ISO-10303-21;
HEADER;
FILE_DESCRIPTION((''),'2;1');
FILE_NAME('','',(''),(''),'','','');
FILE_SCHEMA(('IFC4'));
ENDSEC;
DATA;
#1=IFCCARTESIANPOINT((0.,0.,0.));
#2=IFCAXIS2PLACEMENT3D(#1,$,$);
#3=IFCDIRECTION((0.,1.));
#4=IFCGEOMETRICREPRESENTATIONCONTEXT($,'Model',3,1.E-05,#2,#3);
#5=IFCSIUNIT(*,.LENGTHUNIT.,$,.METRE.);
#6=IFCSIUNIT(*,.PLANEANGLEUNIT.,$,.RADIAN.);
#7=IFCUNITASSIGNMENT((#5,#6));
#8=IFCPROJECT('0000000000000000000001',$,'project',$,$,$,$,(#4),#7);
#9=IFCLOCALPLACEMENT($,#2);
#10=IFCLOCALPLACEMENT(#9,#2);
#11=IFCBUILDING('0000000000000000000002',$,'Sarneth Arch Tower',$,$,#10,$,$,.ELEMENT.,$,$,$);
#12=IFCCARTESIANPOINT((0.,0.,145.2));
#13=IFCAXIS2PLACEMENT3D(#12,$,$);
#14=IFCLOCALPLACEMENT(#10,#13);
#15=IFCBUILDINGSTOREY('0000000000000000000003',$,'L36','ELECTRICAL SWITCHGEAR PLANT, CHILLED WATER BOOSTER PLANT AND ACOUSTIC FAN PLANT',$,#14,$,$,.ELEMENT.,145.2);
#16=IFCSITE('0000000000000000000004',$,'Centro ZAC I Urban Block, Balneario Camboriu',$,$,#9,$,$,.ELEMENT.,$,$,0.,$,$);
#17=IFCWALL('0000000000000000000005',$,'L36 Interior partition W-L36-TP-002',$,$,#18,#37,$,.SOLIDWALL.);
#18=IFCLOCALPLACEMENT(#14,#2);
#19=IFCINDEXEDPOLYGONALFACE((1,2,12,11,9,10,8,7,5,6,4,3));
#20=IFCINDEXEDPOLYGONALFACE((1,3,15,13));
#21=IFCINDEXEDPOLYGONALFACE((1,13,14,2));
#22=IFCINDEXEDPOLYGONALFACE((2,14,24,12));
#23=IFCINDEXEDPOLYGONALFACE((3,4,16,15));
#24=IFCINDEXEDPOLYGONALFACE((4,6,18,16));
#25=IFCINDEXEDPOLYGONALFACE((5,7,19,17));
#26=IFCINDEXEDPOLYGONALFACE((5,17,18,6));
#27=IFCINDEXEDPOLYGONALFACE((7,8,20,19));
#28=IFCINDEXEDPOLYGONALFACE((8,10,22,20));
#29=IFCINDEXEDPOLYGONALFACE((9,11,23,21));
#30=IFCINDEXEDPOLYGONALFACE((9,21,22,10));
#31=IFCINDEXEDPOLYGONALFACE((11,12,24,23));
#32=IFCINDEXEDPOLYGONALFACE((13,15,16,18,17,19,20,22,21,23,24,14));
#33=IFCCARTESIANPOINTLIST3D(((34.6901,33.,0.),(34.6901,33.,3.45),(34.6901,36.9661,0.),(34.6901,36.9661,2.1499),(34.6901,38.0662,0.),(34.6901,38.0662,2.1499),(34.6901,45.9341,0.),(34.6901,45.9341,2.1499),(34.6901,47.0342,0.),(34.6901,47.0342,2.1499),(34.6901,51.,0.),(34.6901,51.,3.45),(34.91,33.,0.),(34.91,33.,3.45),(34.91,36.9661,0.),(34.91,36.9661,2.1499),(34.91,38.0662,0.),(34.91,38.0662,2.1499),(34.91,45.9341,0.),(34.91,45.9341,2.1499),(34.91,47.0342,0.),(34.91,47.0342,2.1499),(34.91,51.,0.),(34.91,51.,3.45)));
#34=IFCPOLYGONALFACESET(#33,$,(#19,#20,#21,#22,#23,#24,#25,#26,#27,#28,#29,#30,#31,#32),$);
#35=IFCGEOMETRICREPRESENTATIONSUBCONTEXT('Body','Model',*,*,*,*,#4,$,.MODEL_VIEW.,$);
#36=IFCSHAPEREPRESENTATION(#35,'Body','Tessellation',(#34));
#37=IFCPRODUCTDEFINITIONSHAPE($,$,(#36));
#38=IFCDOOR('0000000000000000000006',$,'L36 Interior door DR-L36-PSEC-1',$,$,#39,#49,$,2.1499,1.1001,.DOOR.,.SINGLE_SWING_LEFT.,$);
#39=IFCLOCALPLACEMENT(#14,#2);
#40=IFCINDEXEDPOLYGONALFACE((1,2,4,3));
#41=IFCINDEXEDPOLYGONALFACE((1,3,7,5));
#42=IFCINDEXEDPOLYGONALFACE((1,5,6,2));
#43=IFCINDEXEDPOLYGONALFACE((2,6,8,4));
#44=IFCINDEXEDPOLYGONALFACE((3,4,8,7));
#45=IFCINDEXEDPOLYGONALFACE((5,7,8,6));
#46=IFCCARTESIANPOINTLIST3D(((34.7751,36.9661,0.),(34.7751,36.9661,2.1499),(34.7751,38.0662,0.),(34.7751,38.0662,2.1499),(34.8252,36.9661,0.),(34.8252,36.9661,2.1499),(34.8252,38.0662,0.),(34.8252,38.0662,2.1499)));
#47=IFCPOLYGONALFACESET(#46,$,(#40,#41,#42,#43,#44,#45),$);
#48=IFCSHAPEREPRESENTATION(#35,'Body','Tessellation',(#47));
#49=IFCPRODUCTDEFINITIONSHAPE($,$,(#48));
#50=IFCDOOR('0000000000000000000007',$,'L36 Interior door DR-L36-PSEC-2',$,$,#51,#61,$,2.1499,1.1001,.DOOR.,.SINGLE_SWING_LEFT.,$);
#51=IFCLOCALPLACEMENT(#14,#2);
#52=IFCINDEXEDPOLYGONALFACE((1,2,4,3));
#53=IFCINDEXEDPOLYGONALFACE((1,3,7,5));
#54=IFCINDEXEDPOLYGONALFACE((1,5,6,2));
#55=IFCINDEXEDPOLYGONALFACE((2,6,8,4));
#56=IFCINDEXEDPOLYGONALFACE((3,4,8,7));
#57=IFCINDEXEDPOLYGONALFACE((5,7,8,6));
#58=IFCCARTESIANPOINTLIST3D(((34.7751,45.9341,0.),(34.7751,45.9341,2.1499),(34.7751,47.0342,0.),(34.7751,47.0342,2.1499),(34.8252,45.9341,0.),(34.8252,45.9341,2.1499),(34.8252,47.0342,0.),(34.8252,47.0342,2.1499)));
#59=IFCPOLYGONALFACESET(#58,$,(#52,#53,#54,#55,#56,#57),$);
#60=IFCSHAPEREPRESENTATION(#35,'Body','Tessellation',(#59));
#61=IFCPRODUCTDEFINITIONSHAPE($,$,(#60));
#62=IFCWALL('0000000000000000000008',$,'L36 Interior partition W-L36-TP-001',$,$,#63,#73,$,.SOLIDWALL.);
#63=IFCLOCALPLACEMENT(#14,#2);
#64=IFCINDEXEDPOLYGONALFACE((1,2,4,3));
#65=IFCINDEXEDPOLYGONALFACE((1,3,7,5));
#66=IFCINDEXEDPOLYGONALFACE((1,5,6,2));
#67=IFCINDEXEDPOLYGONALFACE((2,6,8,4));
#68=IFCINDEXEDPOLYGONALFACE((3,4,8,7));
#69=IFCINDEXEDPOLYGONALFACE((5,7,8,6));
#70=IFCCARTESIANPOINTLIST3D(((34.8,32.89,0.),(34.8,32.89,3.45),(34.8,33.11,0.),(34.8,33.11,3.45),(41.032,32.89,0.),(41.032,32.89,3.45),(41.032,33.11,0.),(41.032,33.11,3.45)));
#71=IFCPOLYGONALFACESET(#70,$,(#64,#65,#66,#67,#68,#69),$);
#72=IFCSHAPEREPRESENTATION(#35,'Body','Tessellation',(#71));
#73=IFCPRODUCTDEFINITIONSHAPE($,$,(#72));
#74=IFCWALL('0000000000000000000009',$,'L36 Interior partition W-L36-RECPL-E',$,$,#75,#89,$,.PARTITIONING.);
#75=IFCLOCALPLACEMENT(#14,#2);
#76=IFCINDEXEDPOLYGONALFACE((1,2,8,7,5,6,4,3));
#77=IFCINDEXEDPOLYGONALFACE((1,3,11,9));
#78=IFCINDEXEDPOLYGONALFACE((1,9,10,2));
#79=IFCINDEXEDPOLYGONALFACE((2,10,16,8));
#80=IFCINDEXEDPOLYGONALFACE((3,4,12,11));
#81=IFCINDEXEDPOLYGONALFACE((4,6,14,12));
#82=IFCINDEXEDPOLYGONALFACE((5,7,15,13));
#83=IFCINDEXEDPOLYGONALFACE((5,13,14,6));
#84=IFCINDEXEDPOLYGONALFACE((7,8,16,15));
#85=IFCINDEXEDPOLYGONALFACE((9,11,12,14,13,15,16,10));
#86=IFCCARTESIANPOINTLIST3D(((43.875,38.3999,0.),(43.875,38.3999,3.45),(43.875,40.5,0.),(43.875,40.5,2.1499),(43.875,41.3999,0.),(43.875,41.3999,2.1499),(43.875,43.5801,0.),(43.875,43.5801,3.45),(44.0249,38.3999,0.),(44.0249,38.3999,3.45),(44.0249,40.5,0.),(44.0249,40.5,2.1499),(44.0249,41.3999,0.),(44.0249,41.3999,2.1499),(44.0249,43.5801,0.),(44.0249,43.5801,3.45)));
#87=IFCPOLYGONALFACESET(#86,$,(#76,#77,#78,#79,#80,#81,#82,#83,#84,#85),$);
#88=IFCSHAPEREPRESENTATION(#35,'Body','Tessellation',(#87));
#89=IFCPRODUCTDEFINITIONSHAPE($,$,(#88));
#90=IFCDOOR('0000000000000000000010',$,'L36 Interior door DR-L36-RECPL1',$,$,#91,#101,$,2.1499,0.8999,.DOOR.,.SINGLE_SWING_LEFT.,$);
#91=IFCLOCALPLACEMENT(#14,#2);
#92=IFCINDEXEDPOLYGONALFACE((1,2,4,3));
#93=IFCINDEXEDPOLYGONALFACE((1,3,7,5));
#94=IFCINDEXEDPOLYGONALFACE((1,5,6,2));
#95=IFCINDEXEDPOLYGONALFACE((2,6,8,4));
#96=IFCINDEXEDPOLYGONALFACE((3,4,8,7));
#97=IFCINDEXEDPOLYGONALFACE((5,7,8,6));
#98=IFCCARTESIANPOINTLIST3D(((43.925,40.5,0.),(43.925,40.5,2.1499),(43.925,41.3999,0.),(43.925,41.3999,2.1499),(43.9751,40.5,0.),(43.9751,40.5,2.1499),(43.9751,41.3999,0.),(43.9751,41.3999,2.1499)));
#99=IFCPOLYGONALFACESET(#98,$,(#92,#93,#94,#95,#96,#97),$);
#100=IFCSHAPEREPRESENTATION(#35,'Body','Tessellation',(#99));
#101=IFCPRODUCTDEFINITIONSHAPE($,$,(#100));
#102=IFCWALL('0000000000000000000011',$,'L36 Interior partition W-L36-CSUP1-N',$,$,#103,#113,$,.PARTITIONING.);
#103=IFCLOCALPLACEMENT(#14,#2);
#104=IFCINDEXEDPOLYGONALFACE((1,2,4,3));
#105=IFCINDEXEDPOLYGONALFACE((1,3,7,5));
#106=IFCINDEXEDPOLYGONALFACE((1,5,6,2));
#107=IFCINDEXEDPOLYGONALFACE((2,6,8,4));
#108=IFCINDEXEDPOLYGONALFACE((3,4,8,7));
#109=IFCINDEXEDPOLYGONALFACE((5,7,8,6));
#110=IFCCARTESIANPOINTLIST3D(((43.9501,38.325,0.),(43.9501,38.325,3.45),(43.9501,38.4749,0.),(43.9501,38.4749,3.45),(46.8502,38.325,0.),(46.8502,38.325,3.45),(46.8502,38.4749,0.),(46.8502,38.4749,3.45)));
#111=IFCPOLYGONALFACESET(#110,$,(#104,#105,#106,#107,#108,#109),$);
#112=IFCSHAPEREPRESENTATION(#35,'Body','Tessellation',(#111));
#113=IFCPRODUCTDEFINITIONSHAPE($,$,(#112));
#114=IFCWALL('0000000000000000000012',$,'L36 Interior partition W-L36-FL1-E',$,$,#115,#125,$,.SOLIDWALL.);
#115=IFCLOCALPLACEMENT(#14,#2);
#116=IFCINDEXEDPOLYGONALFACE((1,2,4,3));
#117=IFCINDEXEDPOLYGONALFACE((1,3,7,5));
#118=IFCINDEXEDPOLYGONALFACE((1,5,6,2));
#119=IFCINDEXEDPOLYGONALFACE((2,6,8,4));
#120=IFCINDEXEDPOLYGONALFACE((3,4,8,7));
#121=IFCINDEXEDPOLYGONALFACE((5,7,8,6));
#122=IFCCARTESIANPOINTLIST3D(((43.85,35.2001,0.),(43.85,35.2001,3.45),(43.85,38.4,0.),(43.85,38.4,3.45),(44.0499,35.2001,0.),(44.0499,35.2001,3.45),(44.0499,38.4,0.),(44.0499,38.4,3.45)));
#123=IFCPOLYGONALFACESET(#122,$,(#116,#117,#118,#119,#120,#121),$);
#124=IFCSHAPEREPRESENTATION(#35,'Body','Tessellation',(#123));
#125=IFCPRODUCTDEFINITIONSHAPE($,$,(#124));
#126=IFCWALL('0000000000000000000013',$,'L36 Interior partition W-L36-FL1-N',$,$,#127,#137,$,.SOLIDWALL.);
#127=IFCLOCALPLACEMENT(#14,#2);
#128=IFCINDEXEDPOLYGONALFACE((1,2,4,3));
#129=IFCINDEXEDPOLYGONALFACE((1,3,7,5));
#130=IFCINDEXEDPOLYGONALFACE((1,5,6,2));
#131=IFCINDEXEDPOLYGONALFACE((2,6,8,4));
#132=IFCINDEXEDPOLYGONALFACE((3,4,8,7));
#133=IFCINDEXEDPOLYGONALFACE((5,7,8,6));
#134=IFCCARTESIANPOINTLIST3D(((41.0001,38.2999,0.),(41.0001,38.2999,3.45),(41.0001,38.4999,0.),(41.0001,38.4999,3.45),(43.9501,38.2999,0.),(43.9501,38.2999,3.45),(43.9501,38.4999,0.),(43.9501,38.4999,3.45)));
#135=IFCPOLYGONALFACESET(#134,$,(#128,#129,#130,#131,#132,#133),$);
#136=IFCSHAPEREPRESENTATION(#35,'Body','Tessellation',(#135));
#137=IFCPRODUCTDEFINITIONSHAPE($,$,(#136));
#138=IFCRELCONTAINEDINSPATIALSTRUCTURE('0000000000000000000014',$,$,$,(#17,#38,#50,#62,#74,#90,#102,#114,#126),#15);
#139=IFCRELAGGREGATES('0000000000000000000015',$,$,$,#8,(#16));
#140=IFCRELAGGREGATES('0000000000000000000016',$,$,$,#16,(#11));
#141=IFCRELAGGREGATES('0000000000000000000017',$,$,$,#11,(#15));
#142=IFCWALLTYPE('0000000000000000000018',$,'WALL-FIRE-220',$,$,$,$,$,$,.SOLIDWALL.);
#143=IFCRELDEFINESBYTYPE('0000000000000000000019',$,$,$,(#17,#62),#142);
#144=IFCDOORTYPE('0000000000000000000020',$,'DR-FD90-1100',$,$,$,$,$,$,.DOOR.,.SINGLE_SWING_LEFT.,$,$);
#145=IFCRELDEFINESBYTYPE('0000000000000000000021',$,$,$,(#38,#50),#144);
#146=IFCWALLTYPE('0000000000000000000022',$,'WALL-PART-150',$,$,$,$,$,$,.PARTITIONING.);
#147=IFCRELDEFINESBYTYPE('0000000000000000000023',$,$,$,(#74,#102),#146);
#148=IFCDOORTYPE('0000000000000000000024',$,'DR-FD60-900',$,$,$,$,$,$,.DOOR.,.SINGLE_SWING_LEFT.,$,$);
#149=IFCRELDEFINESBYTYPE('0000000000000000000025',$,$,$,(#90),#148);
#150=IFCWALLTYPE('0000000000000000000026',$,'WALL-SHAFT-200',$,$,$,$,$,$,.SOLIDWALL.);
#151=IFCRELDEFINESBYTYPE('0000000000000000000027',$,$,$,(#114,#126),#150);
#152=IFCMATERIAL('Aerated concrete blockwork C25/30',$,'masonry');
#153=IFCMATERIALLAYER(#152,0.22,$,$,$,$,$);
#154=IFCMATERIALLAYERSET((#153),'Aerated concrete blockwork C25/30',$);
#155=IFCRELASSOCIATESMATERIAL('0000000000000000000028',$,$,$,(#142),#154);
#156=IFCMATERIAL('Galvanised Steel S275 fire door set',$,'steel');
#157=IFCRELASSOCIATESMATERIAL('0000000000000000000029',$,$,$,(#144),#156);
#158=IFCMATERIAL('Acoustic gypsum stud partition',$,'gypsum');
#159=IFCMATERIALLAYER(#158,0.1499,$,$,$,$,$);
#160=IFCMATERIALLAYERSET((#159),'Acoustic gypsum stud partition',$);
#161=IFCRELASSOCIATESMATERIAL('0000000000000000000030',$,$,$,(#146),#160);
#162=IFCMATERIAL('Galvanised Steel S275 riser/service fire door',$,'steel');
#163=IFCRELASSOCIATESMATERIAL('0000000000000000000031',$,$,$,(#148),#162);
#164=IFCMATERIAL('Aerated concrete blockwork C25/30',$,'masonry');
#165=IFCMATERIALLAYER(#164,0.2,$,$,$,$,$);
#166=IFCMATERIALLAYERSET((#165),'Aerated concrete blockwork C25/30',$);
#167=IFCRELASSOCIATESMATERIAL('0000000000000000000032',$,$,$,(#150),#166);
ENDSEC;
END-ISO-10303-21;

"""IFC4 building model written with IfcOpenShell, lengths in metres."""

from ifc_helpers import new_model, si_unit, direction, frame, frame_2d, origin, place, context, subcontext, project, spatial, rectangle, extrude, material, layer, layer_set, type_object, element, fill, save


model = new_model("IFC4")

# Units and contexts
model_context = context("Model", 3, precision=1e-05, world=origin(), true_north=direction((0.0, 1.0)))
body_context = subcontext(model_context, "Body", "Model", "MODEL_VIEW")
ifc_project = project(units=[si_unit("LENGTHUNIT", "METRE"), si_unit("PLANEANGLEUNIT", "RADIAN")], contexts=[model_context])

# Site, building, storey
site_placement = place(None, origin())
site = spatial("IfcSite", under=ifc_project, at=site_placement, Name="Centro ZAC I Urban Block, Balneario Camboriu", CompositionType="ELEMENT", RefElevation=0.0)
building_placement = place(site_placement, origin())
building = spatial("IfcBuilding", under=site, at=building_placement, Name="Sarneth Arch Tower", CompositionType="ELEMENT")
storey_placement = place(building_placement, frame((0.0, 0.0, 145.2)))
storey = spatial("IfcBuildingStorey", under=building, at=storey_placement, Name="L36", Description="ELECTRICAL SWITCHGEAR PLANT, CHILLED WATER BOOSTER PLANT AND ACOUSTIC FAN PLANT", CompositionType="ELEMENT", Elevation=145.2)

# Wall, openings, doors
ifc_material_1 = material(Name="Aerated concrete blockwork C25/30", Category="masonry")
ifc_layer_1 = layer(ifc_material_1, 0.22)
ifc_layer_set_1 = layer_set([ifc_layer_1], Name="Aerated concrete blockwork C25/30")
wall_type_1 = type_object("IfcWallType", Name="WALL-FIRE-220", PredefinedType="SOLIDWALL", material=ifc_layer_set_1)
wall_1_placement = place(storey_placement, frame((34.8, 33.0, 0.0), z_axis=(0.0, 0.0, 1.0), x_axis=(0.0, 1.0, 0.0)))
wall_1 = element("IfcWall", 1, at=wall_1_placement, inside=storey, type_object=wall_type_1, Name="L36 Interior partition W-L36-TP-002", PredefinedType="SOLIDWALL", context=body_context, shape_type="SweptSolid", body=[
    extrude(rectangle(XDim=18.0, YDim=0.22, at=frame_2d((9.0, 0.0))), origin(), (0.0, 0.0, 1.0), 3.45),
])
opening_1_placement = place(wall_1_placement, frame((3.9661, 0.0, 0.0)))
opening_1 = element("IfcOpeningElement", 2, at=opening_1_placement, cuts=wall_1, PredefinedType="OPENING", context=body_context, shape_type="SweptSolid", body=[
    extrude(rectangle(XDim=1.1001, YDim=2.1499, at=frame_2d((0.55, 1.075))), frame((0.0, 0.1199, 0.0), z_axis=(0.0, -1.0, 0.0), x_axis=(1.0, 0.0, 0.0)), (0.0, 0.0, 1.0), 0.24),
])
opening_2_placement = place(wall_1_placement, frame((12.9341, 0.0, 0.0)))
opening_2 = element("IfcOpeningElement", 3, at=opening_2_placement, cuts=wall_1, PredefinedType="OPENING", context=body_context, shape_type="SweptSolid", body=[
    extrude(rectangle(XDim=1.1001, YDim=2.1499, at=frame_2d((0.55, 1.075))), frame((0.0, 0.1199, 0.0), z_axis=(0.0, -1.0, 0.0), x_axis=(1.0, 0.0, 0.0)), (0.0, 0.0, 1.0), 0.24),
])
ifc_material_2 = material(Name="Galvanised Steel S275 fire door set", Category="steel")
door_type_1 = type_object("IfcDoorType", Name="DR-FD90-1100", OperationType="SINGLE_SWING_LEFT", PredefinedType="DOOR", material=ifc_material_2)
door_1_placement = place(opening_1_placement, origin())
door_1 = element("IfcDoor", 4, at=door_1_placement, inside=storey, type_object=door_type_1, Name="L36 Interior door DR-L36-PSEC-1", OperationType="SINGLE_SWING_LEFT", OverallHeight=2.1499, OverallWidth=1.1001, PredefinedType="DOOR", context=body_context, shape_type="SweptSolid", body=[
    extrude(rectangle(XDim=1.1001, YDim=2.1499, at=frame_2d((0.55, 1.075))), frame((0.0, 0.0249, 0.0), z_axis=(0.0, -1.0, 0.0), x_axis=(1.0, 0.0, 0.0)), (0.0, 0.0, 1.0), 0.05),
])
fill(opening_1, door_1)
door_2_placement = place(opening_2_placement, origin())
door_2 = element("IfcDoor", 5, at=door_2_placement, inside=storey, type_object=door_type_1, Name="L36 Interior door DR-L36-PSEC-2", OperationType="SINGLE_SWING_LEFT", OverallHeight=2.1499, OverallWidth=1.1001, PredefinedType="DOOR", context=body_context, shape_type="SweptSolid", body=[
    extrude(rectangle(XDim=1.1001, YDim=2.1499, at=frame_2d((0.55, 1.075))), frame((0.0, 0.0249, 0.0), z_axis=(0.0, -1.0, 0.0), x_axis=(1.0, 0.0, 0.0)), (0.0, 0.0, 1.0), 0.05),
])
fill(opening_2, door_2)

# Wall
wall_2_placement = place(storey_placement, frame((41.032, 33.0, 0.0), z_axis=(0.0, 0.0, 1.0), x_axis=(-1.0, 0.0, 0.0)))
element("IfcWall", 6, at=wall_2_placement, inside=storey, type_object=wall_type_1, Name="L36 Interior partition W-L36-TP-001", PredefinedType="SOLIDWALL", context=body_context, shape_type="SweptSolid", body=[
    extrude(rectangle(XDim=6.2319, YDim=0.22, at=frame_2d((3.116, 0.0))), origin(), (0.0, 0.0, 1.0), 3.45),
])

# Wall, opening, door
ifc_material_3 = material(Name="Acoustic gypsum stud partition", Category="gypsum")
ifc_layer_2 = layer(ifc_material_3, 0.1499)
ifc_layer_set_2 = layer_set([ifc_layer_2], Name="Acoustic gypsum stud partition")
wall_type_2 = type_object("IfcWallType", Name="WALL-PART-150", PredefinedType="PARTITIONING", material=ifc_layer_set_2)
wall_3_placement = place(storey_placement, frame((43.95, 38.3999, 0.0), z_axis=(0.0, 0.0, 1.0), x_axis=(0.0, 1.0, 0.0)))
wall_3 = element("IfcWall", 7, at=wall_3_placement, inside=storey, type_object=wall_type_2, Name="L36 Interior partition W-L36-RECPL-E", PredefinedType="PARTITIONING", context=body_context, shape_type="SweptSolid", body=[
    extrude(rectangle(XDim=5.1802, YDim=0.1499, at=frame_2d((2.5901, 0.0))), origin(), (0.0, 0.0, 1.0), 3.45),
])
opening_3_placement = place(wall_3_placement, frame((2.1001, 0.0, 0.0)))
opening_3 = element("IfcOpeningElement", 8, at=opening_3_placement, cuts=wall_3, PredefinedType="OPENING", context=body_context, shape_type="SweptSolid", body=[
    extrude(rectangle(XDim=0.8999, YDim=2.1499, at=frame_2d((0.45, 1.075))), frame((0.0, 0.085, 0.0), z_axis=(0.0, -1.0, 0.0), x_axis=(1.0, 0.0, 0.0)), (0.0, 0.0, 1.0), 0.1699),
])
ifc_material_4 = material(Name="Galvanised Steel S275 riser/service fire door", Category="steel")
door_type_2 = type_object("IfcDoorType", Name="DR-FD60-900", OperationType="SINGLE_SWING_LEFT", PredefinedType="DOOR", material=ifc_material_4)
door_3_placement = place(opening_3_placement, origin())
door_3 = element("IfcDoor", 9, at=door_3_placement, inside=storey, type_object=door_type_2, Name="L36 Interior door DR-L36-RECPL1", OperationType="SINGLE_SWING_LEFT", OverallHeight=2.1499, OverallWidth=0.8999, PredefinedType="DOOR", context=body_context, shape_type="SweptSolid", body=[
    extrude(rectangle(XDim=0.8999, YDim=2.1499, at=frame_2d((0.45, 1.075))), frame((0.0, 0.0249, 0.0), z_axis=(0.0, -1.0, 0.0), x_axis=(1.0, 0.0, 0.0)), (0.0, 0.0, 1.0), 0.05),
])
fill(opening_3, door_3)

# Wall
wall_4_placement = place(storey_placement, frame((43.95, 38.3999, 0.0), z_axis=(0.0, 0.0, 1.0), x_axis=(1.0, 0.0, 0.0)))
element("IfcWall", 10, at=wall_4_placement, inside=storey, type_object=wall_type_2, Name="L36 Interior partition W-L36-CSUP1-N", PredefinedType="PARTITIONING", context=body_context, shape_type="SweptSolid", body=[
    extrude(rectangle(XDim=2.9001, YDim=0.1499, at=frame_2d((1.4502, 0.0))), origin(), (0.0, 0.0, 1.0), 3.45),
])

# Shared definitions
ifc_material_5 = material(Name="Aerated concrete blockwork C25/30", Category="masonry")
ifc_layer_3 = layer(ifc_material_5, 0.2)
ifc_layer_set_3 = layer_set([ifc_layer_3], Name="Aerated concrete blockwork C25/30")
wall_type_3 = type_object("IfcWallType", Name="WALL-SHAFT-200", PredefinedType="SOLIDWALL", material=ifc_layer_set_3)

# Walls
wall_5_placement = place(storey_placement, frame((43.95, 35.2, 0.0), z_axis=(0.0, 0.0, 1.0), x_axis=(0.0, 1.0, 0.0)))
element("IfcWall", 11, at=wall_5_placement, inside=storey, type_object=wall_type_3, Name="L36 Interior partition W-L36-FL1-E", PredefinedType="SOLIDWALL", context=body_context, shape_type="SweptSolid", body=[
    extrude(rectangle(XDim=3.2, YDim=0.2, at=frame_2d((1.6001, 0.0))), origin(), (0.0, 0.0, 1.0), 3.45),
])
wall_6_placement = place(storey_placement, frame((41.0, 38.3999, 0.0), z_axis=(0.0, 0.0, 1.0), x_axis=(1.0, 0.0, 0.0)))
element("IfcWall", 12, at=wall_6_placement, inside=storey, type_object=wall_type_3, Name="L36 Interior partition W-L36-FL1-N", PredefinedType="SOLIDWALL", context=body_context, shape_type="SweptSolid", body=[
    extrude(rectangle(XDim=2.95, YDim=0.2, at=frame_2d((1.4751, 0.0))), origin(), (0.0, 0.0, 1.0), 3.45),
])

save(model, "model.ifc")
